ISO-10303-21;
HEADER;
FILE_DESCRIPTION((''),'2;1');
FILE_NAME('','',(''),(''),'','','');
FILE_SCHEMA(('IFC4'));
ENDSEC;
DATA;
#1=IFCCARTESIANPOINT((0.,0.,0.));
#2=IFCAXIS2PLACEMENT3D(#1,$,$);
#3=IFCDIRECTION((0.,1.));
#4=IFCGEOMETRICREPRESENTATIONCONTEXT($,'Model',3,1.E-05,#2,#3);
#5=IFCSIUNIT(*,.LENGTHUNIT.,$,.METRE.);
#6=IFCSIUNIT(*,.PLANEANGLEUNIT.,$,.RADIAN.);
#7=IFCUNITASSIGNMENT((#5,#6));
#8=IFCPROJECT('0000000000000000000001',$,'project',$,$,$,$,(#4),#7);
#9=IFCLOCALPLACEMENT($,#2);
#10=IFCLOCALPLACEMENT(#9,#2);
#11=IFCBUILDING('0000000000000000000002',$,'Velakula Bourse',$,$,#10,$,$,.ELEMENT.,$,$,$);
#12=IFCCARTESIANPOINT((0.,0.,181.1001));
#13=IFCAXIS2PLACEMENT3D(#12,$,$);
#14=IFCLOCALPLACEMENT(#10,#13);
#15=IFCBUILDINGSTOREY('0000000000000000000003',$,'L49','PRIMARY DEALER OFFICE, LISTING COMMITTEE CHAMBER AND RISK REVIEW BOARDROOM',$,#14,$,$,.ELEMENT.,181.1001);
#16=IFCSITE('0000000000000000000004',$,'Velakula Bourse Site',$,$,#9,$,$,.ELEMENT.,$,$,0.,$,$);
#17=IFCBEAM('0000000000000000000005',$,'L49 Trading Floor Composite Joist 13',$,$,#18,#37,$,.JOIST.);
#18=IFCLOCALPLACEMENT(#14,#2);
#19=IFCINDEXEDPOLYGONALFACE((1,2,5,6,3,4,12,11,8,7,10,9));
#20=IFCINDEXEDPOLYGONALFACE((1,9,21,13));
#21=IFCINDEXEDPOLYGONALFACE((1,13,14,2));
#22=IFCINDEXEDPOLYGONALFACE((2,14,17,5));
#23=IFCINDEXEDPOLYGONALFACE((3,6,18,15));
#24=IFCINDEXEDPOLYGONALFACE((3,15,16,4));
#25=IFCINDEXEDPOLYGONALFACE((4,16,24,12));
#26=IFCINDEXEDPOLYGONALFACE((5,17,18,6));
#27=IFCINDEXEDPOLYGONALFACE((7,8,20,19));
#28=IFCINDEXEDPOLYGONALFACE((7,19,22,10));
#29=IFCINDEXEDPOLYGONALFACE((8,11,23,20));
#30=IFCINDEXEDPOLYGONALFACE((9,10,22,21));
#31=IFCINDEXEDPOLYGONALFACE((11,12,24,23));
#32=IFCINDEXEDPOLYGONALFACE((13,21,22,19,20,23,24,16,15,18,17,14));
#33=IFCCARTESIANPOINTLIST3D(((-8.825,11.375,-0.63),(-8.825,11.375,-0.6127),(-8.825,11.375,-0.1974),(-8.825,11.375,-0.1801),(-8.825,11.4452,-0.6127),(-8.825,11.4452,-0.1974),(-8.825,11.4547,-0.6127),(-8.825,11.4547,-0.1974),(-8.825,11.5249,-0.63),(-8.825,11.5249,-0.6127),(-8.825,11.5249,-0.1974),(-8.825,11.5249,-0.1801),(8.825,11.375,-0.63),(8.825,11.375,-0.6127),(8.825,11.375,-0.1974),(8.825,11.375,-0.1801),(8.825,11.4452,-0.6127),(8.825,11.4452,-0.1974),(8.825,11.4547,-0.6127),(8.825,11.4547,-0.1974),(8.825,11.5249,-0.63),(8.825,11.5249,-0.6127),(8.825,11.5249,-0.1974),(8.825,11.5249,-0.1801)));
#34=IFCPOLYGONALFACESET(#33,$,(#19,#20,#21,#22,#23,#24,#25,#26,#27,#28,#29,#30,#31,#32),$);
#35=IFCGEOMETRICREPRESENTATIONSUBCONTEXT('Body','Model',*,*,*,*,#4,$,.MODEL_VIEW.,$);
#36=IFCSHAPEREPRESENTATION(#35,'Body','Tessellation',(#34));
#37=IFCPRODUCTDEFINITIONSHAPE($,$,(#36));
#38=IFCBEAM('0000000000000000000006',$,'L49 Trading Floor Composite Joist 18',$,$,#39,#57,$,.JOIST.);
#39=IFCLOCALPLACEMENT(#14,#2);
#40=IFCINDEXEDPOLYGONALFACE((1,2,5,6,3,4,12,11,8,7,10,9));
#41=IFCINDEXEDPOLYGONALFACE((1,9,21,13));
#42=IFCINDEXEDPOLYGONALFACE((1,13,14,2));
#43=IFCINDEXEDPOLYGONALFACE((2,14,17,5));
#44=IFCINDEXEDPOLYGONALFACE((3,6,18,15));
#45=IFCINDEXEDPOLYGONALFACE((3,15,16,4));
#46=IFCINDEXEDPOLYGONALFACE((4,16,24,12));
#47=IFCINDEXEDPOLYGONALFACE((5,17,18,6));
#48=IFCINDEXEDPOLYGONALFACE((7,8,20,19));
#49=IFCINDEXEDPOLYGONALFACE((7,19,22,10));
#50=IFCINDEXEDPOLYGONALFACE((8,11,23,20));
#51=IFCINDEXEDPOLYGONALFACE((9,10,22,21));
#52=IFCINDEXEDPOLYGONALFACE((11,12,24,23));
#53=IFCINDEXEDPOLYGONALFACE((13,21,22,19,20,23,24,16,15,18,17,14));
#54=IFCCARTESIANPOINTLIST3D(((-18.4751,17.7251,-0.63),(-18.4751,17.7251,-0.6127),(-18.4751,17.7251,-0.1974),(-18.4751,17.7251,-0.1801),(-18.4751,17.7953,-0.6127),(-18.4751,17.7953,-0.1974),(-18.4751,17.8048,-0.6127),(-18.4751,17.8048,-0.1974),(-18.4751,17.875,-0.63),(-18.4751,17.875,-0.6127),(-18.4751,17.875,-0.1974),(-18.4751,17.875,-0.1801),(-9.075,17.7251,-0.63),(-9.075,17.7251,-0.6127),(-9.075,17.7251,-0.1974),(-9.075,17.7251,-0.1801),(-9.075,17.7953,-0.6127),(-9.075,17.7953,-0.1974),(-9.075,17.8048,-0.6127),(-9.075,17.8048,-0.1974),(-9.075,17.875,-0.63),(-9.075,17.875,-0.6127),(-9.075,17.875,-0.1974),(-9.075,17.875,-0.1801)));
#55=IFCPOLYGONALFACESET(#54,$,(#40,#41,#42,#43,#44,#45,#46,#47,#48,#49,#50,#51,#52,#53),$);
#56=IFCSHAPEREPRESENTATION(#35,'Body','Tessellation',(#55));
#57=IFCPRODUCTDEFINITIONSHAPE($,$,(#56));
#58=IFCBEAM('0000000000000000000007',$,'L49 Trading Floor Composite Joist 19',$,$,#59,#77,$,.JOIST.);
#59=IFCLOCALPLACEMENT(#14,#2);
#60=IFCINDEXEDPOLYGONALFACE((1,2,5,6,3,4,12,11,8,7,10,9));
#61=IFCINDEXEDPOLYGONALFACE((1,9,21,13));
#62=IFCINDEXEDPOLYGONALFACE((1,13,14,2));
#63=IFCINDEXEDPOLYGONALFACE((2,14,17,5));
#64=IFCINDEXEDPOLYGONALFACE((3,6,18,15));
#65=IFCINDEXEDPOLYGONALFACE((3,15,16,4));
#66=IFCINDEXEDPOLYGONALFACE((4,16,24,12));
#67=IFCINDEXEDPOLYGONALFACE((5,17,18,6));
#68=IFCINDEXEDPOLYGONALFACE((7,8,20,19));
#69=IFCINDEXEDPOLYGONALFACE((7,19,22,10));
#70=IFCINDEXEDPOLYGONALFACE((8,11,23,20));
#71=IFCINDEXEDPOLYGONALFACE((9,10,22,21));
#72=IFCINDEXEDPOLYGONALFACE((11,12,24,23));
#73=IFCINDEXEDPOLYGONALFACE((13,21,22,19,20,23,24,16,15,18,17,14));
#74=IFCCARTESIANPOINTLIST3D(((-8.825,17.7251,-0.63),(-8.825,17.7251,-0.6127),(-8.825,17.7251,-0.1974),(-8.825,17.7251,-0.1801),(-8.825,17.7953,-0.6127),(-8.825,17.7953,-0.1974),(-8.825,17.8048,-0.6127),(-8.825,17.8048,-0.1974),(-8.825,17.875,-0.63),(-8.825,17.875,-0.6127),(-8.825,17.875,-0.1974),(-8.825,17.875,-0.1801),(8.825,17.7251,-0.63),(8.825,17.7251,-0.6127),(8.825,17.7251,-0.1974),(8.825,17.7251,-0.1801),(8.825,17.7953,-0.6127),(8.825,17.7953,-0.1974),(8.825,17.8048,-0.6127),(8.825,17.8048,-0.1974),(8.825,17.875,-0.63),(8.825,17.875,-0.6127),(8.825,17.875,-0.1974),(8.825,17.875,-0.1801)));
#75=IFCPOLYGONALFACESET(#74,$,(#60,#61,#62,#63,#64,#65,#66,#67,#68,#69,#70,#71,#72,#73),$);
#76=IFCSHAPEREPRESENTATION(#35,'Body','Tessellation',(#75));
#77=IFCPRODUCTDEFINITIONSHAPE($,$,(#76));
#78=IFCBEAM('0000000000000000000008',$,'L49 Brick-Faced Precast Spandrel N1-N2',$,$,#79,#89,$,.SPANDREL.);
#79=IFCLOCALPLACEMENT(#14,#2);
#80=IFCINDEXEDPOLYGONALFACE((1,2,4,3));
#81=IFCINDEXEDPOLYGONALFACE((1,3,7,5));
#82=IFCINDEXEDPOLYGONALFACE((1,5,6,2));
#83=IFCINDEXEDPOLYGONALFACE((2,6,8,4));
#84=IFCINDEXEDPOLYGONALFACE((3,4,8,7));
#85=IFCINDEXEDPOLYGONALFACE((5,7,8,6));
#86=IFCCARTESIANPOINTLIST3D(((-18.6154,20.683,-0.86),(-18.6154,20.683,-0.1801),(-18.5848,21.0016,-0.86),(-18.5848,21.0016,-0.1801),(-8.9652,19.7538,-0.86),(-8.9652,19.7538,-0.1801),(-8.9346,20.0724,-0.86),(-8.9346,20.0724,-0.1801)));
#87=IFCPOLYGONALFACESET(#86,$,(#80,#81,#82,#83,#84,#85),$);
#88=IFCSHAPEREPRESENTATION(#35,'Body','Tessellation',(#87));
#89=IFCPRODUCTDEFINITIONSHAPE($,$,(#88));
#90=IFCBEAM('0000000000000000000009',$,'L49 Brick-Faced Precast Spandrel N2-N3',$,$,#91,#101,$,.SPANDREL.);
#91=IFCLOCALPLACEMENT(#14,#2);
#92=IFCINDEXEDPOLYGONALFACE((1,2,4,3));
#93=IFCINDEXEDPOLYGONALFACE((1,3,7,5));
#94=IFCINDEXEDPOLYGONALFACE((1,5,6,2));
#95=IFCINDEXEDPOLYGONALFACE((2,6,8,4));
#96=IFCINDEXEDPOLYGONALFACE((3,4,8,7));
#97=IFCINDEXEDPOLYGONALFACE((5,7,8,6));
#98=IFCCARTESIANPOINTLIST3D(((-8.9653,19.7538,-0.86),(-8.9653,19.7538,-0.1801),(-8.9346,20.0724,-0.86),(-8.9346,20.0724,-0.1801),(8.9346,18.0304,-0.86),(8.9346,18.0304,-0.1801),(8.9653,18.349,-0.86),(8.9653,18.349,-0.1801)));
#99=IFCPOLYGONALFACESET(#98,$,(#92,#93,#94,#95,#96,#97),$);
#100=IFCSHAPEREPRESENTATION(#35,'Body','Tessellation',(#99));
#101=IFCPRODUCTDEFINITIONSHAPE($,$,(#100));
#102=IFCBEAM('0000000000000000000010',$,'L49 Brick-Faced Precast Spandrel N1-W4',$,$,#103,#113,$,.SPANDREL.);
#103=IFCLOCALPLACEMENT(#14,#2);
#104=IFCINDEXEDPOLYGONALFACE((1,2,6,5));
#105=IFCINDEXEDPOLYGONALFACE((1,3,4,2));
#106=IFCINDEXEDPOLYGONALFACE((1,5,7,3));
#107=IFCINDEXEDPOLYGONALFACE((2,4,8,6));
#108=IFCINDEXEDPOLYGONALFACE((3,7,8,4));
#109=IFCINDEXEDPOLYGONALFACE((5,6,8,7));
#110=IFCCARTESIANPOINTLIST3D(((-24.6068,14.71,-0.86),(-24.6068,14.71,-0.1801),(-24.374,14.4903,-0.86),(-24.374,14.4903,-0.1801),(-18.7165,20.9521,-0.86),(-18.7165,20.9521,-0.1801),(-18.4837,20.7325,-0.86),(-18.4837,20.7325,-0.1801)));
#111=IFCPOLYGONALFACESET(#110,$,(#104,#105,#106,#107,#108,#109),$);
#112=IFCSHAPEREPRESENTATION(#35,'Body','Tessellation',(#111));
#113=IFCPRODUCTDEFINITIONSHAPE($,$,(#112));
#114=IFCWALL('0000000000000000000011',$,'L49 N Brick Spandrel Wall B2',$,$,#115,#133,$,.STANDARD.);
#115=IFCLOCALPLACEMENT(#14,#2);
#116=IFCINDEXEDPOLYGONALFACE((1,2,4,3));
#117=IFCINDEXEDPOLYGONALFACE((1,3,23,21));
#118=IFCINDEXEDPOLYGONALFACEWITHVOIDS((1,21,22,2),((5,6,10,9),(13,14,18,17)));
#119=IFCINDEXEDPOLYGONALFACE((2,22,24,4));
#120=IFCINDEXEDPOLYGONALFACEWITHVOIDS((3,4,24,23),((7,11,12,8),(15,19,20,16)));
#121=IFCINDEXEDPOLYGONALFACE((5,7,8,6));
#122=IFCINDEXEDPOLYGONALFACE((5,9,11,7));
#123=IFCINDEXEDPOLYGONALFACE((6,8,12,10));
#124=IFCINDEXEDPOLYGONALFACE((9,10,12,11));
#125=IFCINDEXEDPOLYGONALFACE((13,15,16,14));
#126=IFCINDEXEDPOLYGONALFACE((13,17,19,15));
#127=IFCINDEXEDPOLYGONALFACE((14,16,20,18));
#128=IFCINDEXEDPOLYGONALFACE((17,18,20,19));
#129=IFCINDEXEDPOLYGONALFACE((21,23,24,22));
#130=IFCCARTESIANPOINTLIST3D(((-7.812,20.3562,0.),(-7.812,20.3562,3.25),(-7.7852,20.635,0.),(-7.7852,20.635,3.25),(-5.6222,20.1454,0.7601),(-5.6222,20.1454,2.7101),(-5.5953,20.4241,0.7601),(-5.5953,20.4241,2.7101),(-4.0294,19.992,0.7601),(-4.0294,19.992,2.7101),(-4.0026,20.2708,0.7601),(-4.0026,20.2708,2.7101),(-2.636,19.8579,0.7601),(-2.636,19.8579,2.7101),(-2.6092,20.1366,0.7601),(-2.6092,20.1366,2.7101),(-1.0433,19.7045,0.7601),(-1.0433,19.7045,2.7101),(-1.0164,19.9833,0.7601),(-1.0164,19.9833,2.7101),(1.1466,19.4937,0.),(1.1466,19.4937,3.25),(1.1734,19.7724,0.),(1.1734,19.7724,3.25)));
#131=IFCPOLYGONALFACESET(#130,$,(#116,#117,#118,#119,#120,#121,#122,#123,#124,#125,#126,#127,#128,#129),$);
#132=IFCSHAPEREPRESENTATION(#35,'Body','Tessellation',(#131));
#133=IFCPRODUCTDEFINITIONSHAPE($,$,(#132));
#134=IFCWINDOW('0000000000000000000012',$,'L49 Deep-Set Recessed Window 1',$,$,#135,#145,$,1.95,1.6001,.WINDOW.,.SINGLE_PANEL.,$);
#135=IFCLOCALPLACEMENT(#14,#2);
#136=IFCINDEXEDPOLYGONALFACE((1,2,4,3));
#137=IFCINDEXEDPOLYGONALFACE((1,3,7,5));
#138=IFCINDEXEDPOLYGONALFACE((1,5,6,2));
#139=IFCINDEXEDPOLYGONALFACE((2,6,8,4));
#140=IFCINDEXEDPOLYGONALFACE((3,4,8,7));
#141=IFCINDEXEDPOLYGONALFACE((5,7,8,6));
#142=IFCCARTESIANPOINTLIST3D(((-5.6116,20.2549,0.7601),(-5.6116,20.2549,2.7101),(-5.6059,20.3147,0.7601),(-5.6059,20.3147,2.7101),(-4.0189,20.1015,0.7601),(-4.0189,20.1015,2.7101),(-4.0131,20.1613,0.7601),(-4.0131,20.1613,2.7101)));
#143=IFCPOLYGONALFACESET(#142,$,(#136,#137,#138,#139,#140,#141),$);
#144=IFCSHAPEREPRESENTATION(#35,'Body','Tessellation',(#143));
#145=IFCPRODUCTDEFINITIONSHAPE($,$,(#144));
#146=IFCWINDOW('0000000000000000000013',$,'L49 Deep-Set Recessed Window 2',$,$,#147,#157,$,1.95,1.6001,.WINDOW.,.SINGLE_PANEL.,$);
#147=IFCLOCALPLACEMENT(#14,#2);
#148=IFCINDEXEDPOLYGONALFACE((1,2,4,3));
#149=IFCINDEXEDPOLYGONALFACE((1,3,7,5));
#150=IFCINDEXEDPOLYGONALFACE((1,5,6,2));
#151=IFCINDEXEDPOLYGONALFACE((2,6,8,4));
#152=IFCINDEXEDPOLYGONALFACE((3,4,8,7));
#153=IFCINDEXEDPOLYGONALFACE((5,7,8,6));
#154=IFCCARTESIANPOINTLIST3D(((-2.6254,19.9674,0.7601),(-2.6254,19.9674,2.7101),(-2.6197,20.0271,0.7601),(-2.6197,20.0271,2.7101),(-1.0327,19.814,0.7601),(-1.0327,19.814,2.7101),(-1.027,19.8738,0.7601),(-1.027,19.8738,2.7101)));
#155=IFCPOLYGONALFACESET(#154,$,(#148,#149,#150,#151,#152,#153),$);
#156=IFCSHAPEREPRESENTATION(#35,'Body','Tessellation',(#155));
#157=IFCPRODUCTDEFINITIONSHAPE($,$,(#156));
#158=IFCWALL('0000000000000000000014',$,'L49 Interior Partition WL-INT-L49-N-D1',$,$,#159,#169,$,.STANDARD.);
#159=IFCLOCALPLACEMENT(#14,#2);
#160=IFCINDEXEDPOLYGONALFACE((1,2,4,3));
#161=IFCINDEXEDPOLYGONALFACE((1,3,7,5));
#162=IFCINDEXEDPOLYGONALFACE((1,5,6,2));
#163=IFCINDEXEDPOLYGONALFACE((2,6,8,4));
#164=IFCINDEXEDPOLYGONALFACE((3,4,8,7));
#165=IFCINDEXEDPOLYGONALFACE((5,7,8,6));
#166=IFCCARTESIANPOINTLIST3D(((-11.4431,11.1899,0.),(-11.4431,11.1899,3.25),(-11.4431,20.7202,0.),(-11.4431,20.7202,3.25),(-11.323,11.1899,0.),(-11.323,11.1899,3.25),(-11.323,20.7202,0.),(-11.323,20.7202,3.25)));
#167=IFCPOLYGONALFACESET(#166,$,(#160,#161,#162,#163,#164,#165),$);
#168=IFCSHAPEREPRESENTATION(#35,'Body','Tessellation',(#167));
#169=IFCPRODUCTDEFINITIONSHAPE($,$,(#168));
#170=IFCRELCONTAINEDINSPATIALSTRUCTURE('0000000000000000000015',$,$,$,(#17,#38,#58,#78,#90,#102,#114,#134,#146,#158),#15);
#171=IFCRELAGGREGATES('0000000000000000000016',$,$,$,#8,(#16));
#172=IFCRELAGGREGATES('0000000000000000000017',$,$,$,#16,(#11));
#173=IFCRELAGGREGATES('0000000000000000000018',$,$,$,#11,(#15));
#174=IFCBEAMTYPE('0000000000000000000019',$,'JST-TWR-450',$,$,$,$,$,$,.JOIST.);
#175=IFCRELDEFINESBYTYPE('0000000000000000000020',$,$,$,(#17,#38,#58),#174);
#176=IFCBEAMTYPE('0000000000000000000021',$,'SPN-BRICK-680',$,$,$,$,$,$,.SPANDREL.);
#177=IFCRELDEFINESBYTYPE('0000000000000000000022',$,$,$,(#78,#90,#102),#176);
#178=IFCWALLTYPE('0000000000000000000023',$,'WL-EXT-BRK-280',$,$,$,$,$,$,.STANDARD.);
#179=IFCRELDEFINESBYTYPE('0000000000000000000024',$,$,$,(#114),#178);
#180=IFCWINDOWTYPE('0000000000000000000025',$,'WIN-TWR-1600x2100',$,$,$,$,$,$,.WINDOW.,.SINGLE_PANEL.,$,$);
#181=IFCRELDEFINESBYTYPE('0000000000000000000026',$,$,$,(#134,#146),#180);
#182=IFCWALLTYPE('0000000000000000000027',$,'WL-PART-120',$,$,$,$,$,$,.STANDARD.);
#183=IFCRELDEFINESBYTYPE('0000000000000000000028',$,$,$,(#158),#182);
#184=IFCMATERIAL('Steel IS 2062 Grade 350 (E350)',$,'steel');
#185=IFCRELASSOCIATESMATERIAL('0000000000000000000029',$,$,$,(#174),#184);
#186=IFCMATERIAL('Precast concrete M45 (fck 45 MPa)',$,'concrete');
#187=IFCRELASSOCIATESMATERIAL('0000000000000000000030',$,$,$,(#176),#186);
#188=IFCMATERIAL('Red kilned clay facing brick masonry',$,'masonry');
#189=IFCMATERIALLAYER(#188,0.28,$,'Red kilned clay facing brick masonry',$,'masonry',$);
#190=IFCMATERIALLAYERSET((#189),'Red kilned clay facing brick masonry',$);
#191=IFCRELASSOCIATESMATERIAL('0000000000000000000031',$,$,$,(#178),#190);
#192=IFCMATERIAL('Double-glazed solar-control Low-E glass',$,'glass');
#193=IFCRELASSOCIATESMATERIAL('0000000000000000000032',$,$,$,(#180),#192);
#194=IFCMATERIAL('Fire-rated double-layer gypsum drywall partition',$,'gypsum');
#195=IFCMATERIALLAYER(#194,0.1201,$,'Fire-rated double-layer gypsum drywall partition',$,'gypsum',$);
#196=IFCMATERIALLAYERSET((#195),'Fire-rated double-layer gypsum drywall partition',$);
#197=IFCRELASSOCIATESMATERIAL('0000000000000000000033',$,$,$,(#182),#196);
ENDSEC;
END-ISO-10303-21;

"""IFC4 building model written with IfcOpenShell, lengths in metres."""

from ifc_helpers import new_model, si_unit, direction, frame, frame_2d, origin, origin_2d, place, context, subcontext, project, spatial, rectangle, i_section, extrude, material, layer, layer_set, material_profile, profile_set, type_object, element, fill, save


model = new_model("IFC4")

# Units and contexts
model_context = context("Model", 3, precision=1e-05, world=origin(), true_north=direction((0.0, 1.0)))
body_context = subcontext(model_context, "Body", "Model", "MODEL_VIEW")
ifc_project = project(units=[si_unit("LENGTHUNIT", "METRE"), si_unit("PLANEANGLEUNIT", "RADIAN")], contexts=[model_context])

# Site, building, storey
site_placement = place(None, origin())
site = spatial("IfcSite", under=ifc_project, at=site_placement, Name="Velakula Bourse Site", CompositionType="ELEMENT", RefElevation=0.0)
building_placement = place(site_placement, origin())
building = spatial("IfcBuilding", under=site, at=building_placement, Name="Velakula Bourse", CompositionType="ELEMENT")
storey_placement = place(building_placement, frame((0.0, 0.0, 181.1001)))
storey = spatial("IfcBuildingStorey", under=building, at=storey_placement, Name="L49", Description="PRIMARY DEALER OFFICE, LISTING COMMITTEE CHAMBER AND RISK REVIEW BOARDROOM", CompositionType="ELEMENT", Elevation=181.1001)

# Shared definitions
ifc_material_1 = material(Name="Steel IS 2062 Grade 350 (E350)", Category="steel")

# Beams
ifc_material_profile_1 = material_profile(ifc_material_1, i_section(OverallWidth=0.1499, OverallDepth=0.45, WebThickness=0.0095, FlangeThickness=0.0173, at=origin_2d()), Name="Steel IS 2062 Grade 350 (E350)")
ifc_profile_set_1 = profile_set([ifc_material_profile_1], Name="Steel IS 2062 Grade 350 (E350)")
beam_type_1 = type_object("IfcBeamType", Name="JST-TWR-450", PredefinedType="JOIST", material=ifc_profile_set_1)
beam_1_placement = place(storey_placement, frame((-8.825, 11.45, -0.405), z_axis=(1.0, 0.0, 0.0), x_axis=(0.0, 1.0, 0.0)))
element("IfcBeam", 1, at=beam_1_placement, inside=storey, type_object=beam_type_1, Name="L49 Trading Floor Composite Joist 13", PredefinedType="JOIST", context=body_context, shape_type="SweptSolid", body=[
    extrude(i_section(OverallWidth=0.1499, OverallDepth=0.45, WebThickness=0.0095, FlangeThickness=0.0173, at=origin_2d()), origin(), (0.0, 0.0, 1.0), 17.6499),
])
beam_2_placement = place(storey_placement, frame((-18.4751, 17.8, -0.405), z_axis=(1.0, 0.0, 0.0), x_axis=(0.0, 1.0, 0.0)))
element("IfcBeam", 2, at=beam_2_placement, inside=storey, type_object=beam_type_1, Name="L49 Trading Floor Composite Joist 18", PredefinedType="JOIST", context=body_context, shape_type="SweptSolid", body=[
    extrude(i_section(OverallWidth=0.1499, OverallDepth=0.45, WebThickness=0.0095, FlangeThickness=0.0173, at=origin_2d()), origin(), (0.0, 0.0, 1.0), 9.4001),
])
beam_3_placement = place(storey_placement, frame((-8.825, 17.8, -0.405), z_axis=(1.0, 0.0, 0.0), x_axis=(0.0, 1.0, 0.0)))
element("IfcBeam", 3, at=beam_3_placement, inside=storey, type_object=beam_type_1, Name="L49 Trading Floor Composite Joist 19", PredefinedType="JOIST", context=body_context, shape_type="SweptSolid", body=[
    extrude(i_section(OverallWidth=0.1499, OverallDepth=0.45, WebThickness=0.0095, FlangeThickness=0.0173, at=origin_2d()), origin(), (0.0, 0.0, 1.0), 17.6499),
])
ifc_material_2 = material(Name="Precast concrete M45 (fck 45 MPa)", Category="concrete")
ifc_material_profile_2 = material_profile(ifc_material_2, rectangle(XDim=0.3201, YDim=0.6799, at=origin_2d()), Name="Precast concrete M45 (fck 45 MPa)")
ifc_profile_set_2 = profile_set([ifc_material_profile_2], Name="Precast concrete M45 (fck 45 MPa)")
beam_type_2 = type_object("IfcBeamType", Name="SPN-BRICK-680", PredefinedType="SPANDREL", material=ifc_profile_set_2)
beam_4_placement = place(storey_placement, frame((-18.6001, 20.8423, -0.52), z_axis=(0.995396, -0.095845, 0.0), x_axis=(0.095845, 0.995396, 0.0)))
element("IfcBeam", 4, at=beam_4_placement, inside=storey, type_object=beam_type_2, Name="L49 Brick-Faced Precast Spandrel N1-N2", PredefinedType="SPANDREL", context=body_context, shape_type="SweptSolid", body=[
    extrude(rectangle(XDim=0.3201, YDim=0.6799, at=origin_2d()), origin(), (0.0, 0.0, 1.0), 9.6948),
])
beam_5_placement = place(storey_placement, frame((-8.95, 19.9131, -0.52), z_axis=(0.995397, -0.095836, 0.0), x_axis=(0.095836, 0.995397, 0.0)))
element("IfcBeam", 5, at=beam_5_placement, inside=storey, type_object=beam_type_2, Name="L49 Brick-Faced Precast Spandrel N2-N3", PredefinedType="SPANDREL", context=body_context, shape_type="SweptSolid", body=[
    extrude(rectangle(XDim=0.3201, YDim=0.6799, at=origin_2d()), origin(), (0.0, 0.0, 1.0), 17.9827),
])
beam_6_placement = place(storey_placement, frame((-18.6001, 20.8423, -0.52), z_axis=(-0.686314, -0.727305, 0.0), x_axis=(0.727305, -0.686314, 0.0)))
element("IfcBeam", 6, at=beam_6_placement, inside=storey, type_object=beam_type_2, Name="L49 Brick-Faced Precast Spandrel N1-W4", PredefinedType="SPANDREL", context=body_context, shape_type="SweptSolid", body=[
    extrude(rectangle(XDim=0.3201, YDim=0.6799, at=origin_2d()), origin(), (0.0, 0.0, 1.0), 8.5825),
])

# Wall, openings, windows
ifc_material_3 = material(Name="Red kilned clay facing brick masonry", Category="masonry")
ifc_layer_1 = layer(ifc_material_3, 0.28, Name="Red kilned clay facing brick masonry", Category="masonry")
ifc_layer_set_1 = layer_set([ifc_layer_1], Name="Red kilned clay facing brick masonry")
wall_type_1 = type_object("IfcWallType", Name="WL-EXT-BRK-280", PredefinedType="STANDARD", material=ifc_layer_set_1)
wall_1_placement = place(storey_placement, frame((-7.7986, 20.4956, 0.0), z_axis=(0.0, 0.0, 1.0), x_axis=(0.995397, -0.09584, 0.0)))
wall_1 = element("IfcWall", 7, at=wall_1_placement, inside=storey, type_object=wall_type_1, Name="L49 N Brick Spandrel Wall B2", PredefinedType="STANDARD", context=body_context, shape_type="SweptSolid", body=[
    extrude(rectangle(XDim=9.0, YDim=0.28, at=frame_2d((4.5, 0.0))), origin(), (0.0, 0.0, 1.0), 3.25),
])
opening_1_placement = place(wall_1_placement, frame((2.2, 0.0, 0.76)))
opening_1 = element("IfcOpeningElement", 8, at=opening_1_placement, cuts=wall_1, PredefinedType="OPENING", context=body_context, shape_type="SweptSolid", body=[
    extrude(rectangle(XDim=1.6001, YDim=1.95, at=frame_2d((0.8, 0.9751))), frame((0.0, 0.1499, 0.0), z_axis=(0.0, -1.0, 0.0), x_axis=(1.0, 0.0, 0.0)), (0.0, 0.0, 1.0), 0.3),
])
opening_2_placement = place(wall_1_placement, frame((5.2, 0.0, 0.76)))
opening_2 = element("IfcOpeningElement", 9, at=opening_2_placement, cuts=wall_1, PredefinedType="OPENING", context=body_context, shape_type="SweptSolid", body=[
    extrude(rectangle(XDim=1.6001, YDim=1.95, at=frame_2d((0.8, 0.9751))), frame((0.0, 0.1499, 0.0), z_axis=(0.0, -1.0, 0.0), x_axis=(1.0, 0.0, 0.0)), (0.0, 0.0, 1.0), 0.3),
])
ifc_material_4 = material(Name="Double-glazed solar-control Low-E glass", Category="glass")
window_type = type_object("IfcWindowType", Name="WIN-TWR-1600x2100", PartitioningType="SINGLE_PANEL", PredefinedType="WINDOW", material=ifc_material_4)
window_1_placement = place(opening_1_placement, origin())
window_1 = element("IfcWindow", 10, at=window_1_placement, inside=storey, type_object=window_type, Name="L49 Deep-Set Recessed Window 1", OverallHeight=1.95, OverallWidth=1.6001, PartitioningType="SINGLE_PANEL", PredefinedType="WINDOW", context=body_context, shape_type="SweptSolid", body=[
    extrude(rectangle(XDim=1.6001, YDim=1.95, at=frame_2d((0.8, 0.9751))), frame((0.0, 0.03, 0.0), z_axis=(0.0, -1.0, 0.0), x_axis=(1.0, 0.0, 0.0)), (0.0, 0.0, 1.0), 0.0601),
])
fill(opening_1, window_1)
window_2_placement = place(opening_2_placement, origin())
window_2 = element("IfcWindow", 11, at=window_2_placement, inside=storey, type_object=window_type, Name="L49 Deep-Set Recessed Window 2", OverallHeight=1.95, OverallWidth=1.6001, PartitioningType="SINGLE_PANEL", PredefinedType="WINDOW", context=body_context, shape_type="SweptSolid", body=[
    extrude(rectangle(XDim=1.6001, YDim=1.95, at=frame_2d((0.8, 0.9751))), frame((0.0, 0.03, 0.0), z_axis=(0.0, -1.0, 0.0), x_axis=(1.0, 0.0, 0.0)), (0.0, 0.0, 1.0), 0.0601),
])
fill(opening_2, window_2)

# Wall
ifc_material_5 = material(Name="Fire-rated double-layer gypsum drywall partition", Category="gypsum")
ifc_layer_2 = layer(ifc_material_5, 0.1201, Name="Fire-rated double-layer gypsum drywall partition", Category="gypsum")
ifc_layer_set_2 = layer_set([ifc_layer_2], Name="Fire-rated double-layer gypsum drywall partition")
wall_type_2 = type_object("IfcWallType", Name="WL-PART-120", PredefinedType="STANDARD", material=ifc_layer_set_2)
wall_2_placement = place(storey_placement, frame((-11.3831, 11.1899, 0.0), z_axis=(0.0, 0.0, 1.0), x_axis=(0.0, 1.0, 0.0)))
element("IfcWall", 12, at=wall_2_placement, inside=storey, type_object=wall_type_2, Name="L49 Interior Partition WL-INT-L49-N-D1", PredefinedType="STANDARD", context=body_context, shape_type="SweptSolid", body=[
    extrude(rectangle(XDim=9.5303, YDim=0.1201, at=frame_2d((4.7651, 0.0))), origin(), (0.0, 0.0, 1.0), 3.25),
])

save(model, "model.ifc")
